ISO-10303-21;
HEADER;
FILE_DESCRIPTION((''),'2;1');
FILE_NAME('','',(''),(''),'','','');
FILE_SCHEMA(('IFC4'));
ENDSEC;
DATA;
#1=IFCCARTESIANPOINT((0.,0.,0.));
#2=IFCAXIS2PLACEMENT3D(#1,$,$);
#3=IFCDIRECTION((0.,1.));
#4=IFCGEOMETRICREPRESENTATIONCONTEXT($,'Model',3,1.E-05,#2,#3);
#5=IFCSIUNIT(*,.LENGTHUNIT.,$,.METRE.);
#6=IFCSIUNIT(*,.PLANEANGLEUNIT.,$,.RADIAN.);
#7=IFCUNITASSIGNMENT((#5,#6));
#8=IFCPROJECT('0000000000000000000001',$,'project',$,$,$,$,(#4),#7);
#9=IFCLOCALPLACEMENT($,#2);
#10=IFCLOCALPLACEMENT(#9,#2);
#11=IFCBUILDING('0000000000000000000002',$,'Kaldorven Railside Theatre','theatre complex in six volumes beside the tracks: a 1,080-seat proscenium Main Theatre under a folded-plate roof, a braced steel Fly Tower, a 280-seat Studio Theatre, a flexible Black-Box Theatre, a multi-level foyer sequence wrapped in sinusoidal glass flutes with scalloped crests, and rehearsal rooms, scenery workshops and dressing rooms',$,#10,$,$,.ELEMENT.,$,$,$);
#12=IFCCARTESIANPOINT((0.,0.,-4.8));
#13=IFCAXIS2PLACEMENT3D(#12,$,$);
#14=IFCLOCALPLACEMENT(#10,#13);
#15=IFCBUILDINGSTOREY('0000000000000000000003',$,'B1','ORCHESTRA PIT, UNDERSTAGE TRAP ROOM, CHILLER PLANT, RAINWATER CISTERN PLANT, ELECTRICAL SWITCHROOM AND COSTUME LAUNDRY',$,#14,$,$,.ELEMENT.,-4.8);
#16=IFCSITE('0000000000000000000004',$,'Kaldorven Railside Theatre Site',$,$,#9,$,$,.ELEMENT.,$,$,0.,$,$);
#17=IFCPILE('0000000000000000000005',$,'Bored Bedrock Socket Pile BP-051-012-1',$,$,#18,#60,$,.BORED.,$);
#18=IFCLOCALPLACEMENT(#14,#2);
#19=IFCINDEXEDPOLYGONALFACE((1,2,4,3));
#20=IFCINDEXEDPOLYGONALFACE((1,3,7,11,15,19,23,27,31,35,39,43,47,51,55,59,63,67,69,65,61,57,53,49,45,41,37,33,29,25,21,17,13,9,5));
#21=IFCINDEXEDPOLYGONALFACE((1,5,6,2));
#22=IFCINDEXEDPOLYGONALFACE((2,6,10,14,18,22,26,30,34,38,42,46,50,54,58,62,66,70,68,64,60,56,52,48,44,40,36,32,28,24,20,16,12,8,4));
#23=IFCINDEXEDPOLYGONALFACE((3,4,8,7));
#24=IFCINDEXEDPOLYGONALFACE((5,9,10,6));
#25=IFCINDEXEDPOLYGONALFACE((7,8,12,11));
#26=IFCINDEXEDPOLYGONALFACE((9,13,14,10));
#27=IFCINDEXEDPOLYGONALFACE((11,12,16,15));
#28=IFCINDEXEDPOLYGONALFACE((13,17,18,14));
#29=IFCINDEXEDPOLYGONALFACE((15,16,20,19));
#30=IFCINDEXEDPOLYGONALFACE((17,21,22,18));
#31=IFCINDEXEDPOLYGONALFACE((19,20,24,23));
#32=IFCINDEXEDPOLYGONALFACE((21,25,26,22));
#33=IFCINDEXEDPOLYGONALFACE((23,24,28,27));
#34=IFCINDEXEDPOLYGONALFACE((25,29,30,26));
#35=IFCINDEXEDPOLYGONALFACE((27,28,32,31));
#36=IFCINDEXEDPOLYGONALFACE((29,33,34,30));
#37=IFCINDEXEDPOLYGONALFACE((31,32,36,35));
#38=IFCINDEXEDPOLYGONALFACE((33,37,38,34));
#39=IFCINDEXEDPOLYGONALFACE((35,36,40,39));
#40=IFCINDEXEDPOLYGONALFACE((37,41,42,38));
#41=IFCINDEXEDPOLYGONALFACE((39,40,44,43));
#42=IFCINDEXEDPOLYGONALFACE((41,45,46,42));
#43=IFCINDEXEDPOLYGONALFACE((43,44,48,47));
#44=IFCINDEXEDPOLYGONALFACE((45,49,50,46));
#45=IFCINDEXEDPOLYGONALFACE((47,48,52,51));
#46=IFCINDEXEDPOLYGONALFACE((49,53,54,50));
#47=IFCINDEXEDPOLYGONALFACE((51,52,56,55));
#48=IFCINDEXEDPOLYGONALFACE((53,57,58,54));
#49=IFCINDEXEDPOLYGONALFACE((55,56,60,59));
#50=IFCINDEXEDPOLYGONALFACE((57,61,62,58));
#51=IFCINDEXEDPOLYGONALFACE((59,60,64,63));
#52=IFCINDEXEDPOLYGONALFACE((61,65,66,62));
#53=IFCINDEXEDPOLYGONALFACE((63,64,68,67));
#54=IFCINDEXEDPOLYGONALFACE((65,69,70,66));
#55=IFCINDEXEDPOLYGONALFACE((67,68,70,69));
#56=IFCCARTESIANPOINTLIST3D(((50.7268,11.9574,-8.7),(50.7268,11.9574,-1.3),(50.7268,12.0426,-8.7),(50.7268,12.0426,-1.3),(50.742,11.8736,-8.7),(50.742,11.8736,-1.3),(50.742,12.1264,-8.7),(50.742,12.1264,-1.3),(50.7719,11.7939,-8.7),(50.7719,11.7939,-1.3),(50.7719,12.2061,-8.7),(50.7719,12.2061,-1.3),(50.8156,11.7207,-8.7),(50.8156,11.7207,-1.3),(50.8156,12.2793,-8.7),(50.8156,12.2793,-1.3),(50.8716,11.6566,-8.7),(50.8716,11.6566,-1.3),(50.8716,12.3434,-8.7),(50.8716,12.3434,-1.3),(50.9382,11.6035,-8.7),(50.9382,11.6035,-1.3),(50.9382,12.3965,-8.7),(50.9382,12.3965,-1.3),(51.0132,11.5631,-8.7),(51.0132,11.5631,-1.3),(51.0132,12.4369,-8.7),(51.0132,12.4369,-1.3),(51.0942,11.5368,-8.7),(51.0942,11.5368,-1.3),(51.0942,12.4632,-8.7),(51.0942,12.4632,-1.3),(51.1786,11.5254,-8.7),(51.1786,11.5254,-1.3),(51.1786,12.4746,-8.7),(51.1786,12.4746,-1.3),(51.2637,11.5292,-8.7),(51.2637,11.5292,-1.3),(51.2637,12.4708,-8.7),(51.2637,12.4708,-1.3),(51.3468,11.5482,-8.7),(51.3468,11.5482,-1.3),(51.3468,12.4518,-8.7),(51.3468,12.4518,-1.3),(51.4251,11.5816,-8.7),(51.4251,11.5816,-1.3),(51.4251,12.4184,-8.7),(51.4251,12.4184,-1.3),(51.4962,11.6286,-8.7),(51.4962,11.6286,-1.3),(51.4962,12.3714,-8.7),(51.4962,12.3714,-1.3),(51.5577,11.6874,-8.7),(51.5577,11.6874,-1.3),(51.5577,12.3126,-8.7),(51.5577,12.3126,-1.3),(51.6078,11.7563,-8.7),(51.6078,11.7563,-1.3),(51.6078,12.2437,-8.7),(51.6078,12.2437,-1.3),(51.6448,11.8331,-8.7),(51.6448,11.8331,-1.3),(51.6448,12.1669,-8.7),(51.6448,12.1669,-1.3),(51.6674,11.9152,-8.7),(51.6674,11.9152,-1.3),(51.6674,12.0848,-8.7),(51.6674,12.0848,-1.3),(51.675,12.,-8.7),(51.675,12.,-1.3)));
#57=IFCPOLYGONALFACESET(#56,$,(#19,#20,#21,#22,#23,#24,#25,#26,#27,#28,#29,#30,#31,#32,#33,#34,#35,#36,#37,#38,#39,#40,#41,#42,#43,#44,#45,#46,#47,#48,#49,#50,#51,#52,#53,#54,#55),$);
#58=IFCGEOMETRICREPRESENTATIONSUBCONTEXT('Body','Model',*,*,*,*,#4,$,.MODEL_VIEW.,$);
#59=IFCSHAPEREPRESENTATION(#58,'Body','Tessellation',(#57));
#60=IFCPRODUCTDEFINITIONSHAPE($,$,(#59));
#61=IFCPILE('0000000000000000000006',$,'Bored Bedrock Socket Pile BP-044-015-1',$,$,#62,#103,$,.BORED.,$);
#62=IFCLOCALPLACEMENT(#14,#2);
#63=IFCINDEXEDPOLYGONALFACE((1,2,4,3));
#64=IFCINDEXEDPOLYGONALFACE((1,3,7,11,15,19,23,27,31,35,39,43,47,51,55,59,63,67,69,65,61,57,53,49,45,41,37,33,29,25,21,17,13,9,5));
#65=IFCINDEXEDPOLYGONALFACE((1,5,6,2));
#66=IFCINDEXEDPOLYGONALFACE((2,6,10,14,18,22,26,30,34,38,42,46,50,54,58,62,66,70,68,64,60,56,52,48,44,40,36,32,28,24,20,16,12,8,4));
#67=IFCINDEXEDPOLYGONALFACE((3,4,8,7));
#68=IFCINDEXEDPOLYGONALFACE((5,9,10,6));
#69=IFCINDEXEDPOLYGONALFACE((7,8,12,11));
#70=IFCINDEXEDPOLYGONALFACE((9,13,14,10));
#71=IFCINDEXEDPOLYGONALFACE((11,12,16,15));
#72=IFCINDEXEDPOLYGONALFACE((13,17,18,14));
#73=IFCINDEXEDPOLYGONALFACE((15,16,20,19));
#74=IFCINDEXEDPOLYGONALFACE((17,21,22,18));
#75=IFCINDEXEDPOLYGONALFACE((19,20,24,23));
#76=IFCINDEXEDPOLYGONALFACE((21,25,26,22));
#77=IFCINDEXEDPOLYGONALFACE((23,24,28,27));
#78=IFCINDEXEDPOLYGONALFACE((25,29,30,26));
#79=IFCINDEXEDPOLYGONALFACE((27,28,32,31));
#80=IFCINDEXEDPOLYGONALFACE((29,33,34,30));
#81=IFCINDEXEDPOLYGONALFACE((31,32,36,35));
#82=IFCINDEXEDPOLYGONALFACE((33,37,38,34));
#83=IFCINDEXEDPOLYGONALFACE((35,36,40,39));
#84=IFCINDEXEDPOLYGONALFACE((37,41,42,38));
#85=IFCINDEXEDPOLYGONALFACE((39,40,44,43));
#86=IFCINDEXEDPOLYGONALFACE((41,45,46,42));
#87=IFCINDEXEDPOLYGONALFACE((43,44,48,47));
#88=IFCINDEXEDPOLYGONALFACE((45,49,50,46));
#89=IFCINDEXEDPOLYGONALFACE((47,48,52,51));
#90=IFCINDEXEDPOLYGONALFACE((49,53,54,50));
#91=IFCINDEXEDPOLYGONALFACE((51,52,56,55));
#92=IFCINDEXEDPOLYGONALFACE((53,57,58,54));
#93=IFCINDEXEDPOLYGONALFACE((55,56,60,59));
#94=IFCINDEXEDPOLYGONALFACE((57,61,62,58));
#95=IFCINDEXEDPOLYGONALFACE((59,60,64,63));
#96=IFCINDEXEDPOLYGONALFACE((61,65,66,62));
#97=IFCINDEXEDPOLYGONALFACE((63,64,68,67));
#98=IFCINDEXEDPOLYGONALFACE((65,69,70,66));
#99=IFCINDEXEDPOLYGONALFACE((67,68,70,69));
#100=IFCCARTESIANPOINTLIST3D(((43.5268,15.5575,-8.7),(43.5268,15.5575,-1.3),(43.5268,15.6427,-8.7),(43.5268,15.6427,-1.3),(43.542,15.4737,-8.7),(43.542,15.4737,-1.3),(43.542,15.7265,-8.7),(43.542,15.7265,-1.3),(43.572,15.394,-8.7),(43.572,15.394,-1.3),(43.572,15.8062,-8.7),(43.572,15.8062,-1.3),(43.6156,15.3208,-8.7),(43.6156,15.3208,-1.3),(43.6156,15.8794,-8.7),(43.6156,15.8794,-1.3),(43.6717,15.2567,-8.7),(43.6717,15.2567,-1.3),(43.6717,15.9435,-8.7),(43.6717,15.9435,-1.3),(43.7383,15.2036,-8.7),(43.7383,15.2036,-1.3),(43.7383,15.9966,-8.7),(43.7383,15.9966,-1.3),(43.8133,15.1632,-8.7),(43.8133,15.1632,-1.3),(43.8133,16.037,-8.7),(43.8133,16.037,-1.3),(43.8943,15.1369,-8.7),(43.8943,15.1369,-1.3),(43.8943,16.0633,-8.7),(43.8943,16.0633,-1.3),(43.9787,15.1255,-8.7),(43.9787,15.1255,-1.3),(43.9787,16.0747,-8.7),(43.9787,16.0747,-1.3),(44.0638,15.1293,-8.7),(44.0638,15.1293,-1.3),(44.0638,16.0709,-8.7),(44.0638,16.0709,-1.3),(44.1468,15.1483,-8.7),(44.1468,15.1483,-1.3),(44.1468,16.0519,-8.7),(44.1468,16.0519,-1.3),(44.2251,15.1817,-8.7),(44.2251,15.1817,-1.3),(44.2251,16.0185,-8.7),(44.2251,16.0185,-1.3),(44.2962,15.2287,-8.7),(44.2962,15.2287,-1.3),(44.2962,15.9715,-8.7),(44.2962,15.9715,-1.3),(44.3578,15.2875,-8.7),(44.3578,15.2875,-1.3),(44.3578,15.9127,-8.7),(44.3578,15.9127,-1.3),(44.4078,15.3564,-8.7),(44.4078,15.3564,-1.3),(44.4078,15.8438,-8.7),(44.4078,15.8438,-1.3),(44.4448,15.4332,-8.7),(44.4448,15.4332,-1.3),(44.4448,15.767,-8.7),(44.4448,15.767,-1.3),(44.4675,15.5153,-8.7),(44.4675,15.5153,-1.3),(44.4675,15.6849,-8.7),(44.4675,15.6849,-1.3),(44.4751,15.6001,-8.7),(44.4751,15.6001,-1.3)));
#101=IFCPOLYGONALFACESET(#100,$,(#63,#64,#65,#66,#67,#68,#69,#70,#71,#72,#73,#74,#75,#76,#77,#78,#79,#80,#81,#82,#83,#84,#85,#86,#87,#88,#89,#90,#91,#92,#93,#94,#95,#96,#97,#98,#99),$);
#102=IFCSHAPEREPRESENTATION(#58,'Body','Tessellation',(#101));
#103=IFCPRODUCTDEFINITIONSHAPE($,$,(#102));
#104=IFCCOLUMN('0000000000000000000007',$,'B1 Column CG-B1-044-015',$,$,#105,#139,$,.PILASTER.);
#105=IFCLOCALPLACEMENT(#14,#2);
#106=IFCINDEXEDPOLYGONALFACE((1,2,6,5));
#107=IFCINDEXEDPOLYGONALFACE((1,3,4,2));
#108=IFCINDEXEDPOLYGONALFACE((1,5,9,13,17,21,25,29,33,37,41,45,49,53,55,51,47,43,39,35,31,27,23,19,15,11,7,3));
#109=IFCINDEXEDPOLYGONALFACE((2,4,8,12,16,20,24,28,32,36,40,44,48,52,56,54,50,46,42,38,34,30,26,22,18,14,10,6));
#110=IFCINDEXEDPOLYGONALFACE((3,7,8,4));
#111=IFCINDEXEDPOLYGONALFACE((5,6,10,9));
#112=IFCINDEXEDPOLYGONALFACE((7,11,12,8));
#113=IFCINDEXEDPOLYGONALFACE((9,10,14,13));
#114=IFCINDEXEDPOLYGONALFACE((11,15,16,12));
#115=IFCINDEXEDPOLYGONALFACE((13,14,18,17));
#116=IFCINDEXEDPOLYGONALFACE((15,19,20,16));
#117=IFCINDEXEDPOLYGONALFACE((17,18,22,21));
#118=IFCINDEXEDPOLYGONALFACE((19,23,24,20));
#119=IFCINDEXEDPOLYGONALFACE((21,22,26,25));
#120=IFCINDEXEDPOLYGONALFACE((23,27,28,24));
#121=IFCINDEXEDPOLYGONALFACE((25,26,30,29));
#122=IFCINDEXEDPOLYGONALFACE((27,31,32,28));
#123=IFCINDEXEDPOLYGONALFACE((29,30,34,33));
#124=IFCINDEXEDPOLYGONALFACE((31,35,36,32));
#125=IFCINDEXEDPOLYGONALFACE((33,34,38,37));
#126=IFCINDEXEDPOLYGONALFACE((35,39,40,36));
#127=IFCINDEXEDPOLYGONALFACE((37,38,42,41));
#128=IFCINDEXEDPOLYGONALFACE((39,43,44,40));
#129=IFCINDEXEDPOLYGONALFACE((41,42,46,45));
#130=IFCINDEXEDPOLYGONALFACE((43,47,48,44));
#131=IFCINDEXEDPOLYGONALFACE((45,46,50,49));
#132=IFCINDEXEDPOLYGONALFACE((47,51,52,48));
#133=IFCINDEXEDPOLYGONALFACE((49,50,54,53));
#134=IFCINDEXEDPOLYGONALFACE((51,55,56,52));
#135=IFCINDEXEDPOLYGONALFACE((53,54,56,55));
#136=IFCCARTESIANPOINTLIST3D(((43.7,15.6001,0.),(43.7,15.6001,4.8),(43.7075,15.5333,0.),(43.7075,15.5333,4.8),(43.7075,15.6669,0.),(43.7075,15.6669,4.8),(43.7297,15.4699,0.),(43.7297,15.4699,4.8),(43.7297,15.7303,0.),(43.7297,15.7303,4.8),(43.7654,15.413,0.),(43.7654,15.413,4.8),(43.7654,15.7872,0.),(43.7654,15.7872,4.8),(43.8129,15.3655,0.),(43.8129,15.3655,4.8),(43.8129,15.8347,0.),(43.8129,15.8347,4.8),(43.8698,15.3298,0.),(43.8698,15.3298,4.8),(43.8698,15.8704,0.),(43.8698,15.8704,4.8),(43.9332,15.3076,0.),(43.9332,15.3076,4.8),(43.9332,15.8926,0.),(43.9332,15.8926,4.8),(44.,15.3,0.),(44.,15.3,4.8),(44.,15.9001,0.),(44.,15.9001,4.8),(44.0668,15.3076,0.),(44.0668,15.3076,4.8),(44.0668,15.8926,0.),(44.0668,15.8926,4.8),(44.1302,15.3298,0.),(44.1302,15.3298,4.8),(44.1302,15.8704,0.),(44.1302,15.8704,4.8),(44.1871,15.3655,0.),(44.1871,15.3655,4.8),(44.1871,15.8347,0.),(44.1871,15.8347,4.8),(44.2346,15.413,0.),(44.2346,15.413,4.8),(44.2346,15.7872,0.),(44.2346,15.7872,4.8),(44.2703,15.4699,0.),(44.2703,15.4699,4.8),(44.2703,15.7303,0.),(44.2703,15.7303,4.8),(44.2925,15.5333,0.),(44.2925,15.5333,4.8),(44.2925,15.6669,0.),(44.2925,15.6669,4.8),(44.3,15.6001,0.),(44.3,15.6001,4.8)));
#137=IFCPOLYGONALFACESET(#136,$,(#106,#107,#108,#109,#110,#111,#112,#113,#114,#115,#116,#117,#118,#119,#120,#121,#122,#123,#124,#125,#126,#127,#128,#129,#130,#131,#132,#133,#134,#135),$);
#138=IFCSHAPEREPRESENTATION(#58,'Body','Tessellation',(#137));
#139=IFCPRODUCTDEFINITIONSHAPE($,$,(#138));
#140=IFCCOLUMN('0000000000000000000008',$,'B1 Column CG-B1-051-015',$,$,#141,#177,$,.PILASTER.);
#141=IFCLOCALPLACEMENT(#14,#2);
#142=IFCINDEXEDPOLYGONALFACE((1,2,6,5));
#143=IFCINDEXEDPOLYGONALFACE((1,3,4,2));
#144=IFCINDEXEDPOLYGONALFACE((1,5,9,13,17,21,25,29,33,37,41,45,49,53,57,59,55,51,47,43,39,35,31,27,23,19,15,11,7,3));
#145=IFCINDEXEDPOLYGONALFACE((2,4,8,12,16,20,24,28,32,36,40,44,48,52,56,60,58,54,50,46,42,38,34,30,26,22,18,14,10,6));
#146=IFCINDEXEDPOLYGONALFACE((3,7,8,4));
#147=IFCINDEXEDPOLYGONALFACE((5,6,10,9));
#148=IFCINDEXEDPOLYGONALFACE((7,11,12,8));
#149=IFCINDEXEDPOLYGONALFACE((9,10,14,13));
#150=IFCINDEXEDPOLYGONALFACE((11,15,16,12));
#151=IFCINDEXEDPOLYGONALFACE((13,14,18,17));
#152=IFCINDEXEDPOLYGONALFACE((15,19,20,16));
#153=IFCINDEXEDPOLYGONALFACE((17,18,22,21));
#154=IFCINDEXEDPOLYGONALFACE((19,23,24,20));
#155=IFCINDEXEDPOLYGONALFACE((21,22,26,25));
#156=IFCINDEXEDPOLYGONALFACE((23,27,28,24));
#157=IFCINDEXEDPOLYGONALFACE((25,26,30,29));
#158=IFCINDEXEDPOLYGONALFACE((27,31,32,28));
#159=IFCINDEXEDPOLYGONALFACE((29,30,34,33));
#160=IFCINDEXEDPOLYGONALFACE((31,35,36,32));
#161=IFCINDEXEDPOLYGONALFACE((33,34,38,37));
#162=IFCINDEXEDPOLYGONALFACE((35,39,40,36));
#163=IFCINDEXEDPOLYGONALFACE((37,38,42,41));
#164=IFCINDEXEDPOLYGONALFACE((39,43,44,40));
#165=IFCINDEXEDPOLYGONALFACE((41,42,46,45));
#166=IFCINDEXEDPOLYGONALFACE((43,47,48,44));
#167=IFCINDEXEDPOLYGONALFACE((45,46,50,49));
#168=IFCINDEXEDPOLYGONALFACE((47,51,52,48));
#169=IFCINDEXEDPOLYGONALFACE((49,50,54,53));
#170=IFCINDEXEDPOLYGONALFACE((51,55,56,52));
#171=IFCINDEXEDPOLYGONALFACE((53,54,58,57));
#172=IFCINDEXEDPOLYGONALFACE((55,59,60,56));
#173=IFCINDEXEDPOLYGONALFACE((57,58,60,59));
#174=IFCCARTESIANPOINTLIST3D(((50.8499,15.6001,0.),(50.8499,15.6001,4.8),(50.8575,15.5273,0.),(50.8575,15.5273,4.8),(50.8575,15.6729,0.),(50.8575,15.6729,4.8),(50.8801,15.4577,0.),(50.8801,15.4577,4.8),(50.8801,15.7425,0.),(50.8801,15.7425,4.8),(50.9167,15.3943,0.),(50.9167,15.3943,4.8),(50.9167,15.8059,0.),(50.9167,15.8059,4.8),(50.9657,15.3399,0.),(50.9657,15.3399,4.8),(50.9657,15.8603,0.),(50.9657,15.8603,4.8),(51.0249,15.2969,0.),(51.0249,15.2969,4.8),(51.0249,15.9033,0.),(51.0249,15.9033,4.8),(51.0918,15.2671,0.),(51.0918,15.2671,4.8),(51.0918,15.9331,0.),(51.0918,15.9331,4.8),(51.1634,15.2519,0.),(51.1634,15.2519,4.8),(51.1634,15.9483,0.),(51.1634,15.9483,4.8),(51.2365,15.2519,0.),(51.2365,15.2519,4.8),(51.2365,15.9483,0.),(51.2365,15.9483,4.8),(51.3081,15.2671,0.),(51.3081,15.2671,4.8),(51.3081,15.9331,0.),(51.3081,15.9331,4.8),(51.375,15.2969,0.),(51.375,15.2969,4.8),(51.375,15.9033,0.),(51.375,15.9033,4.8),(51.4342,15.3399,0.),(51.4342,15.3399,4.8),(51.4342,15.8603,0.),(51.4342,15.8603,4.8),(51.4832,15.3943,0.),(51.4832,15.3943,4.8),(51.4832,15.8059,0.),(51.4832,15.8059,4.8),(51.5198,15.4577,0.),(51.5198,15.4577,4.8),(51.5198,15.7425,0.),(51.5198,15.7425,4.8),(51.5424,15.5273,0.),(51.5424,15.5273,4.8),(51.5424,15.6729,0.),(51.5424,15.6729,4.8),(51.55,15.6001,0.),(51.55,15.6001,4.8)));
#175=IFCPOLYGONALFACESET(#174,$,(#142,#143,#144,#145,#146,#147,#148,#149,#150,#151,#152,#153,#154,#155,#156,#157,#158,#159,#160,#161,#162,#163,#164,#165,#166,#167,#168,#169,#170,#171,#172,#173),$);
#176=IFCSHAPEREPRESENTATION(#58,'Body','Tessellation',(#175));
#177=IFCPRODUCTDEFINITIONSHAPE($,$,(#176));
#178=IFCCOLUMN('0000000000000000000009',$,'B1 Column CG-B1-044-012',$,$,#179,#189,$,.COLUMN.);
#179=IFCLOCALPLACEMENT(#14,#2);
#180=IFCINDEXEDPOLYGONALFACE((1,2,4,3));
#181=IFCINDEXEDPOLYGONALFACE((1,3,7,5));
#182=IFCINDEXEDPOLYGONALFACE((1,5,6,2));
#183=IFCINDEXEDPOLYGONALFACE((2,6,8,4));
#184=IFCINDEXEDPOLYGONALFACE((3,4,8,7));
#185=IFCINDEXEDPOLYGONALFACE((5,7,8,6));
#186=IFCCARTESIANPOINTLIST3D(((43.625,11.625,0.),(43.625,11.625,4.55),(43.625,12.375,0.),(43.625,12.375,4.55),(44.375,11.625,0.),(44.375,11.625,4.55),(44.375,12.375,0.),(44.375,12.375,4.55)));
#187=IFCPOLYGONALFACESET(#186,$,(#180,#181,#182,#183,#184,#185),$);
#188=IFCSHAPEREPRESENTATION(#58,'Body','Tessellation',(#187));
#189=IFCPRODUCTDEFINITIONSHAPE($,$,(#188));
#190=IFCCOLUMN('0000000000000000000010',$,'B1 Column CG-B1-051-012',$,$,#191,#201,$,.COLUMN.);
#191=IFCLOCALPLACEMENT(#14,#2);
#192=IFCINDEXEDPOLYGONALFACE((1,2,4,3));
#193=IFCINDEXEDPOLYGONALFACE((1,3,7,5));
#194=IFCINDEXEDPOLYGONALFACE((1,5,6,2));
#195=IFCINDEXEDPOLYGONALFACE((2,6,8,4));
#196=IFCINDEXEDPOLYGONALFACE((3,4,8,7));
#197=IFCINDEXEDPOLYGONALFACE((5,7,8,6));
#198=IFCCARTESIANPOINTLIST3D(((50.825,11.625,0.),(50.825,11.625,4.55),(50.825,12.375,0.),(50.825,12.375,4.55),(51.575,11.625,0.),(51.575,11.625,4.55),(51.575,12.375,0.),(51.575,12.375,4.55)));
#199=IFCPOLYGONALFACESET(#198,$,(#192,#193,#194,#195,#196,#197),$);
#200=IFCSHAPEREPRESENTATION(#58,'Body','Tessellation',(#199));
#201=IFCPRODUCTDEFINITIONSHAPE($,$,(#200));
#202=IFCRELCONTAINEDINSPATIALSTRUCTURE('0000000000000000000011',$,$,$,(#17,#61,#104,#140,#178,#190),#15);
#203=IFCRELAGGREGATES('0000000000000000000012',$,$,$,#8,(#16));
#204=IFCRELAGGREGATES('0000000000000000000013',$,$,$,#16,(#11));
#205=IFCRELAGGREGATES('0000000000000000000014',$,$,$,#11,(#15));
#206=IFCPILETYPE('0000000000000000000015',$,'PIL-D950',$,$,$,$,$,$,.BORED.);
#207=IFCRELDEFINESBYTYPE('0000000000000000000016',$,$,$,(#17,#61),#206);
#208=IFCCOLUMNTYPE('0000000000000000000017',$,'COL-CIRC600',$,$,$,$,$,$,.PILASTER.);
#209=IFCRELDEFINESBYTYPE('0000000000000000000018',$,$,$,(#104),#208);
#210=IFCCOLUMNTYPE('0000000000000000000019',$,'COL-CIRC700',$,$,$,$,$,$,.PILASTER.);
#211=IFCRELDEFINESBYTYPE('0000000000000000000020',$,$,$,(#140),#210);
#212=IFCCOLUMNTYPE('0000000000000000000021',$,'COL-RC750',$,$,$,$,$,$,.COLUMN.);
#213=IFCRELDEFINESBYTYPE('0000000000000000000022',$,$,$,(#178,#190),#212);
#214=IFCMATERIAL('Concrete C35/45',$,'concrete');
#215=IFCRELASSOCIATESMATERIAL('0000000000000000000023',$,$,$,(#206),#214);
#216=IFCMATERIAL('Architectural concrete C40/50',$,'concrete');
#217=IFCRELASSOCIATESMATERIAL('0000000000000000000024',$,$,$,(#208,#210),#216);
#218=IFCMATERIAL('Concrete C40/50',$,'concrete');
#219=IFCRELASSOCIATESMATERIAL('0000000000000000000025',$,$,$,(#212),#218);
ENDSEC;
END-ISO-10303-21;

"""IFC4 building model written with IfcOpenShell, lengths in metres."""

from ifc_helpers import new_model, si_unit, direction, frame, origin, origin_2d, place, context, subcontext, project, spatial, rectangle, circle, extrude, material, material_profile, profile_set, type_object, element, save


model = new_model("IFC4")

# Units and contexts
model_context = context("Model", 3, precision=1e-05, world=origin(), true_north=direction((0.0, 1.0)))
body_context = subcontext(model_context, "Body", "Model", "MODEL_VIEW")
ifc_project = project(units=[si_unit("LENGTHUNIT", "METRE"), si_unit("PLANEANGLEUNIT", "RADIAN")], contexts=[model_context])

# Site, building, storey
site_placement = place(None, origin())
site = spatial("IfcSite", under=ifc_project, at=site_placement, Name="Kaldorven Railside Theatre Site", CompositionType="ELEMENT", RefElevation=0.0)
building_placement = place(site_placement, origin())
building = spatial("IfcBuilding", under=site, at=building_placement, Name="Kaldorven Railside Theatre", Description="theatre complex in six volumes beside the tracks: a 1,080-seat proscenium Main Theatre under a folded-plate roof, a braced steel Fly Tower, a 280-seat Studio Theatre, a flexible Black-Box Theatre, a multi-level foyer sequence wrapped in sinusoidal glass flutes with scalloped crests, and rehearsal rooms, scenery workshops and dressing rooms", CompositionType="ELEMENT")
storey_placement = place(building_placement, frame((0.0, 0.0, -4.8)))
storey = spatial("IfcBuildingStorey", under=building, at=storey_placement, Name="B1", Description="ORCHESTRA PIT, UNDERSTAGE TRAP ROOM, CHILLER PLANT, RAINWATER CISTERN PLANT, ELECTRICAL SWITCHROOM AND COSTUME LAUNDRY", CompositionType="ELEMENT", Elevation=-4.8)

# Shared definitions
ifc_material_1 = material(Name="Concrete C40/50", Category="concrete")

# Piles
ifc_material_2 = material(Name="Concrete C35/45", Category="concrete")
ifc_material_profile_1 = material_profile(ifc_material_2, circle(Radius=0.4751, at=origin_2d()), Name="BP D950")
ifc_profile_set_1 = profile_set([ifc_material_profile_1], Name="Concrete C35/45")
pile_type_1 = type_object("IfcPileType", Name="PIL-D950", PredefinedType="BORED", material=ifc_profile_set_1)
for number, where, z_axis, x_axis, name in (
    (1, (51.2, 12.0, -1.3), (0.0, 0.0, -1.0), (1.0, 0.0, 0.0), "Bored Bedrock Socket Pile BP-051-012-1"),
    (2, (44.0, 15.6001, -1.3), (0.0, 0.0, -1.0), (1.0, 0.0, 0.0), "Bored Bedrock Socket Pile BP-044-015-1"),
):
    element("IfcPile", number, at=place(storey_placement, frame(where, z_axis=z_axis, x_axis=x_axis)), inside=storey, type_object=pile_type_1, Name=name, PredefinedType="BORED", context=body_context, shape_type="SweptSolid", body=[
        extrude(circle(Radius=0.4751, at=origin_2d()), origin(), (0.0, 0.0, 1.0), 7.3999),
    ])

# Columns
ifc_material_3 = material(Name="Architectural concrete C40/50", Category="concrete")
ifc_material_profile_2 = material_profile(ifc_material_3, circle(Radius=0.3, at=origin_2d()), Name="RC D600")
ifc_profile_set_2 = profile_set([ifc_material_profile_2], Name="Architectural concrete C40/50")
column_type_1 = type_object("IfcColumnType", Name="COL-CIRC600", PredefinedType="PILASTER", material=ifc_profile_set_2)
column_1_placement = place(storey_placement, frame((44.0, 15.6001, 0.0), z_axis=(0.0, 0.0, 1.0), x_axis=(1.0, 0.0, 0.0)))
element("IfcColumn", 3, at=column_1_placement, inside=storey, type_object=column_type_1, Name="B1 Column CG-B1-044-015", PredefinedType="PILASTER", context=body_context, shape_type="SweptSolid", body=[
    extrude(circle(Radius=0.3, at=origin_2d()), origin(), (0.0, 0.0, 1.0), 4.8),
])
ifc_material_profile_3 = material_profile(ifc_material_3, circle(Radius=0.3501, at=origin_2d()), Name="RC D700")
ifc_profile_set_3 = profile_set([ifc_material_profile_3], Name="Architectural concrete C40/50")
column_type_2 = type_object("IfcColumnType", Name="COL-CIRC700", PredefinedType="PILASTER", material=ifc_profile_set_3)
column_2_placement = place(storey_placement, frame((51.2, 15.6001, 0.0), z_axis=(0.0, 0.0, 1.0), x_axis=(1.0, 0.0, 0.0)))
element("IfcColumn", 4, at=column_2_placement, inside=storey, type_object=column_type_2, Name="B1 Column CG-B1-051-015", PredefinedType="PILASTER", context=body_context, shape_type="SweptSolid", body=[
    extrude(circle(Radius=0.3501, at=origin_2d()), origin(), (0.0, 0.0, 1.0), 4.8),
])
ifc_material_profile_4 = material_profile(ifc_material_1, rectangle(XDim=0.75, YDim=0.75, at=origin_2d()), Name="RC 750x750")
ifc_profile_set_4 = profile_set([ifc_material_profile_4], Name="Concrete C40/50")
column_type_3 = type_object("IfcColumnType", Name="COL-RC750", PredefinedType="COLUMN", material=ifc_profile_set_4)
for number, where, z_axis, x_axis, name in (
    (5, (44.0, 12.0, 0.0), (0.0, 0.0, 1.0), (1.0, 0.0, 0.0), "B1 Column CG-B1-044-012"),
    (6, (51.2, 12.0, 0.0), (0.0, 0.0, 1.0), (1.0, 0.0, 0.0), "B1 Column CG-B1-051-012"),
):
    element("IfcColumn", number, at=place(storey_placement, frame(where, z_axis=z_axis, x_axis=x_axis)), inside=storey, type_object=column_type_3, Name=name, PredefinedType="COLUMN", context=body_context, shape_type="SweptSolid", body=[
        extrude(rectangle(XDim=0.75, YDim=0.75, at=origin_2d()), origin(), (0.0, 0.0, 1.0), 4.55),
    ])

save(model, "model.ifc")
